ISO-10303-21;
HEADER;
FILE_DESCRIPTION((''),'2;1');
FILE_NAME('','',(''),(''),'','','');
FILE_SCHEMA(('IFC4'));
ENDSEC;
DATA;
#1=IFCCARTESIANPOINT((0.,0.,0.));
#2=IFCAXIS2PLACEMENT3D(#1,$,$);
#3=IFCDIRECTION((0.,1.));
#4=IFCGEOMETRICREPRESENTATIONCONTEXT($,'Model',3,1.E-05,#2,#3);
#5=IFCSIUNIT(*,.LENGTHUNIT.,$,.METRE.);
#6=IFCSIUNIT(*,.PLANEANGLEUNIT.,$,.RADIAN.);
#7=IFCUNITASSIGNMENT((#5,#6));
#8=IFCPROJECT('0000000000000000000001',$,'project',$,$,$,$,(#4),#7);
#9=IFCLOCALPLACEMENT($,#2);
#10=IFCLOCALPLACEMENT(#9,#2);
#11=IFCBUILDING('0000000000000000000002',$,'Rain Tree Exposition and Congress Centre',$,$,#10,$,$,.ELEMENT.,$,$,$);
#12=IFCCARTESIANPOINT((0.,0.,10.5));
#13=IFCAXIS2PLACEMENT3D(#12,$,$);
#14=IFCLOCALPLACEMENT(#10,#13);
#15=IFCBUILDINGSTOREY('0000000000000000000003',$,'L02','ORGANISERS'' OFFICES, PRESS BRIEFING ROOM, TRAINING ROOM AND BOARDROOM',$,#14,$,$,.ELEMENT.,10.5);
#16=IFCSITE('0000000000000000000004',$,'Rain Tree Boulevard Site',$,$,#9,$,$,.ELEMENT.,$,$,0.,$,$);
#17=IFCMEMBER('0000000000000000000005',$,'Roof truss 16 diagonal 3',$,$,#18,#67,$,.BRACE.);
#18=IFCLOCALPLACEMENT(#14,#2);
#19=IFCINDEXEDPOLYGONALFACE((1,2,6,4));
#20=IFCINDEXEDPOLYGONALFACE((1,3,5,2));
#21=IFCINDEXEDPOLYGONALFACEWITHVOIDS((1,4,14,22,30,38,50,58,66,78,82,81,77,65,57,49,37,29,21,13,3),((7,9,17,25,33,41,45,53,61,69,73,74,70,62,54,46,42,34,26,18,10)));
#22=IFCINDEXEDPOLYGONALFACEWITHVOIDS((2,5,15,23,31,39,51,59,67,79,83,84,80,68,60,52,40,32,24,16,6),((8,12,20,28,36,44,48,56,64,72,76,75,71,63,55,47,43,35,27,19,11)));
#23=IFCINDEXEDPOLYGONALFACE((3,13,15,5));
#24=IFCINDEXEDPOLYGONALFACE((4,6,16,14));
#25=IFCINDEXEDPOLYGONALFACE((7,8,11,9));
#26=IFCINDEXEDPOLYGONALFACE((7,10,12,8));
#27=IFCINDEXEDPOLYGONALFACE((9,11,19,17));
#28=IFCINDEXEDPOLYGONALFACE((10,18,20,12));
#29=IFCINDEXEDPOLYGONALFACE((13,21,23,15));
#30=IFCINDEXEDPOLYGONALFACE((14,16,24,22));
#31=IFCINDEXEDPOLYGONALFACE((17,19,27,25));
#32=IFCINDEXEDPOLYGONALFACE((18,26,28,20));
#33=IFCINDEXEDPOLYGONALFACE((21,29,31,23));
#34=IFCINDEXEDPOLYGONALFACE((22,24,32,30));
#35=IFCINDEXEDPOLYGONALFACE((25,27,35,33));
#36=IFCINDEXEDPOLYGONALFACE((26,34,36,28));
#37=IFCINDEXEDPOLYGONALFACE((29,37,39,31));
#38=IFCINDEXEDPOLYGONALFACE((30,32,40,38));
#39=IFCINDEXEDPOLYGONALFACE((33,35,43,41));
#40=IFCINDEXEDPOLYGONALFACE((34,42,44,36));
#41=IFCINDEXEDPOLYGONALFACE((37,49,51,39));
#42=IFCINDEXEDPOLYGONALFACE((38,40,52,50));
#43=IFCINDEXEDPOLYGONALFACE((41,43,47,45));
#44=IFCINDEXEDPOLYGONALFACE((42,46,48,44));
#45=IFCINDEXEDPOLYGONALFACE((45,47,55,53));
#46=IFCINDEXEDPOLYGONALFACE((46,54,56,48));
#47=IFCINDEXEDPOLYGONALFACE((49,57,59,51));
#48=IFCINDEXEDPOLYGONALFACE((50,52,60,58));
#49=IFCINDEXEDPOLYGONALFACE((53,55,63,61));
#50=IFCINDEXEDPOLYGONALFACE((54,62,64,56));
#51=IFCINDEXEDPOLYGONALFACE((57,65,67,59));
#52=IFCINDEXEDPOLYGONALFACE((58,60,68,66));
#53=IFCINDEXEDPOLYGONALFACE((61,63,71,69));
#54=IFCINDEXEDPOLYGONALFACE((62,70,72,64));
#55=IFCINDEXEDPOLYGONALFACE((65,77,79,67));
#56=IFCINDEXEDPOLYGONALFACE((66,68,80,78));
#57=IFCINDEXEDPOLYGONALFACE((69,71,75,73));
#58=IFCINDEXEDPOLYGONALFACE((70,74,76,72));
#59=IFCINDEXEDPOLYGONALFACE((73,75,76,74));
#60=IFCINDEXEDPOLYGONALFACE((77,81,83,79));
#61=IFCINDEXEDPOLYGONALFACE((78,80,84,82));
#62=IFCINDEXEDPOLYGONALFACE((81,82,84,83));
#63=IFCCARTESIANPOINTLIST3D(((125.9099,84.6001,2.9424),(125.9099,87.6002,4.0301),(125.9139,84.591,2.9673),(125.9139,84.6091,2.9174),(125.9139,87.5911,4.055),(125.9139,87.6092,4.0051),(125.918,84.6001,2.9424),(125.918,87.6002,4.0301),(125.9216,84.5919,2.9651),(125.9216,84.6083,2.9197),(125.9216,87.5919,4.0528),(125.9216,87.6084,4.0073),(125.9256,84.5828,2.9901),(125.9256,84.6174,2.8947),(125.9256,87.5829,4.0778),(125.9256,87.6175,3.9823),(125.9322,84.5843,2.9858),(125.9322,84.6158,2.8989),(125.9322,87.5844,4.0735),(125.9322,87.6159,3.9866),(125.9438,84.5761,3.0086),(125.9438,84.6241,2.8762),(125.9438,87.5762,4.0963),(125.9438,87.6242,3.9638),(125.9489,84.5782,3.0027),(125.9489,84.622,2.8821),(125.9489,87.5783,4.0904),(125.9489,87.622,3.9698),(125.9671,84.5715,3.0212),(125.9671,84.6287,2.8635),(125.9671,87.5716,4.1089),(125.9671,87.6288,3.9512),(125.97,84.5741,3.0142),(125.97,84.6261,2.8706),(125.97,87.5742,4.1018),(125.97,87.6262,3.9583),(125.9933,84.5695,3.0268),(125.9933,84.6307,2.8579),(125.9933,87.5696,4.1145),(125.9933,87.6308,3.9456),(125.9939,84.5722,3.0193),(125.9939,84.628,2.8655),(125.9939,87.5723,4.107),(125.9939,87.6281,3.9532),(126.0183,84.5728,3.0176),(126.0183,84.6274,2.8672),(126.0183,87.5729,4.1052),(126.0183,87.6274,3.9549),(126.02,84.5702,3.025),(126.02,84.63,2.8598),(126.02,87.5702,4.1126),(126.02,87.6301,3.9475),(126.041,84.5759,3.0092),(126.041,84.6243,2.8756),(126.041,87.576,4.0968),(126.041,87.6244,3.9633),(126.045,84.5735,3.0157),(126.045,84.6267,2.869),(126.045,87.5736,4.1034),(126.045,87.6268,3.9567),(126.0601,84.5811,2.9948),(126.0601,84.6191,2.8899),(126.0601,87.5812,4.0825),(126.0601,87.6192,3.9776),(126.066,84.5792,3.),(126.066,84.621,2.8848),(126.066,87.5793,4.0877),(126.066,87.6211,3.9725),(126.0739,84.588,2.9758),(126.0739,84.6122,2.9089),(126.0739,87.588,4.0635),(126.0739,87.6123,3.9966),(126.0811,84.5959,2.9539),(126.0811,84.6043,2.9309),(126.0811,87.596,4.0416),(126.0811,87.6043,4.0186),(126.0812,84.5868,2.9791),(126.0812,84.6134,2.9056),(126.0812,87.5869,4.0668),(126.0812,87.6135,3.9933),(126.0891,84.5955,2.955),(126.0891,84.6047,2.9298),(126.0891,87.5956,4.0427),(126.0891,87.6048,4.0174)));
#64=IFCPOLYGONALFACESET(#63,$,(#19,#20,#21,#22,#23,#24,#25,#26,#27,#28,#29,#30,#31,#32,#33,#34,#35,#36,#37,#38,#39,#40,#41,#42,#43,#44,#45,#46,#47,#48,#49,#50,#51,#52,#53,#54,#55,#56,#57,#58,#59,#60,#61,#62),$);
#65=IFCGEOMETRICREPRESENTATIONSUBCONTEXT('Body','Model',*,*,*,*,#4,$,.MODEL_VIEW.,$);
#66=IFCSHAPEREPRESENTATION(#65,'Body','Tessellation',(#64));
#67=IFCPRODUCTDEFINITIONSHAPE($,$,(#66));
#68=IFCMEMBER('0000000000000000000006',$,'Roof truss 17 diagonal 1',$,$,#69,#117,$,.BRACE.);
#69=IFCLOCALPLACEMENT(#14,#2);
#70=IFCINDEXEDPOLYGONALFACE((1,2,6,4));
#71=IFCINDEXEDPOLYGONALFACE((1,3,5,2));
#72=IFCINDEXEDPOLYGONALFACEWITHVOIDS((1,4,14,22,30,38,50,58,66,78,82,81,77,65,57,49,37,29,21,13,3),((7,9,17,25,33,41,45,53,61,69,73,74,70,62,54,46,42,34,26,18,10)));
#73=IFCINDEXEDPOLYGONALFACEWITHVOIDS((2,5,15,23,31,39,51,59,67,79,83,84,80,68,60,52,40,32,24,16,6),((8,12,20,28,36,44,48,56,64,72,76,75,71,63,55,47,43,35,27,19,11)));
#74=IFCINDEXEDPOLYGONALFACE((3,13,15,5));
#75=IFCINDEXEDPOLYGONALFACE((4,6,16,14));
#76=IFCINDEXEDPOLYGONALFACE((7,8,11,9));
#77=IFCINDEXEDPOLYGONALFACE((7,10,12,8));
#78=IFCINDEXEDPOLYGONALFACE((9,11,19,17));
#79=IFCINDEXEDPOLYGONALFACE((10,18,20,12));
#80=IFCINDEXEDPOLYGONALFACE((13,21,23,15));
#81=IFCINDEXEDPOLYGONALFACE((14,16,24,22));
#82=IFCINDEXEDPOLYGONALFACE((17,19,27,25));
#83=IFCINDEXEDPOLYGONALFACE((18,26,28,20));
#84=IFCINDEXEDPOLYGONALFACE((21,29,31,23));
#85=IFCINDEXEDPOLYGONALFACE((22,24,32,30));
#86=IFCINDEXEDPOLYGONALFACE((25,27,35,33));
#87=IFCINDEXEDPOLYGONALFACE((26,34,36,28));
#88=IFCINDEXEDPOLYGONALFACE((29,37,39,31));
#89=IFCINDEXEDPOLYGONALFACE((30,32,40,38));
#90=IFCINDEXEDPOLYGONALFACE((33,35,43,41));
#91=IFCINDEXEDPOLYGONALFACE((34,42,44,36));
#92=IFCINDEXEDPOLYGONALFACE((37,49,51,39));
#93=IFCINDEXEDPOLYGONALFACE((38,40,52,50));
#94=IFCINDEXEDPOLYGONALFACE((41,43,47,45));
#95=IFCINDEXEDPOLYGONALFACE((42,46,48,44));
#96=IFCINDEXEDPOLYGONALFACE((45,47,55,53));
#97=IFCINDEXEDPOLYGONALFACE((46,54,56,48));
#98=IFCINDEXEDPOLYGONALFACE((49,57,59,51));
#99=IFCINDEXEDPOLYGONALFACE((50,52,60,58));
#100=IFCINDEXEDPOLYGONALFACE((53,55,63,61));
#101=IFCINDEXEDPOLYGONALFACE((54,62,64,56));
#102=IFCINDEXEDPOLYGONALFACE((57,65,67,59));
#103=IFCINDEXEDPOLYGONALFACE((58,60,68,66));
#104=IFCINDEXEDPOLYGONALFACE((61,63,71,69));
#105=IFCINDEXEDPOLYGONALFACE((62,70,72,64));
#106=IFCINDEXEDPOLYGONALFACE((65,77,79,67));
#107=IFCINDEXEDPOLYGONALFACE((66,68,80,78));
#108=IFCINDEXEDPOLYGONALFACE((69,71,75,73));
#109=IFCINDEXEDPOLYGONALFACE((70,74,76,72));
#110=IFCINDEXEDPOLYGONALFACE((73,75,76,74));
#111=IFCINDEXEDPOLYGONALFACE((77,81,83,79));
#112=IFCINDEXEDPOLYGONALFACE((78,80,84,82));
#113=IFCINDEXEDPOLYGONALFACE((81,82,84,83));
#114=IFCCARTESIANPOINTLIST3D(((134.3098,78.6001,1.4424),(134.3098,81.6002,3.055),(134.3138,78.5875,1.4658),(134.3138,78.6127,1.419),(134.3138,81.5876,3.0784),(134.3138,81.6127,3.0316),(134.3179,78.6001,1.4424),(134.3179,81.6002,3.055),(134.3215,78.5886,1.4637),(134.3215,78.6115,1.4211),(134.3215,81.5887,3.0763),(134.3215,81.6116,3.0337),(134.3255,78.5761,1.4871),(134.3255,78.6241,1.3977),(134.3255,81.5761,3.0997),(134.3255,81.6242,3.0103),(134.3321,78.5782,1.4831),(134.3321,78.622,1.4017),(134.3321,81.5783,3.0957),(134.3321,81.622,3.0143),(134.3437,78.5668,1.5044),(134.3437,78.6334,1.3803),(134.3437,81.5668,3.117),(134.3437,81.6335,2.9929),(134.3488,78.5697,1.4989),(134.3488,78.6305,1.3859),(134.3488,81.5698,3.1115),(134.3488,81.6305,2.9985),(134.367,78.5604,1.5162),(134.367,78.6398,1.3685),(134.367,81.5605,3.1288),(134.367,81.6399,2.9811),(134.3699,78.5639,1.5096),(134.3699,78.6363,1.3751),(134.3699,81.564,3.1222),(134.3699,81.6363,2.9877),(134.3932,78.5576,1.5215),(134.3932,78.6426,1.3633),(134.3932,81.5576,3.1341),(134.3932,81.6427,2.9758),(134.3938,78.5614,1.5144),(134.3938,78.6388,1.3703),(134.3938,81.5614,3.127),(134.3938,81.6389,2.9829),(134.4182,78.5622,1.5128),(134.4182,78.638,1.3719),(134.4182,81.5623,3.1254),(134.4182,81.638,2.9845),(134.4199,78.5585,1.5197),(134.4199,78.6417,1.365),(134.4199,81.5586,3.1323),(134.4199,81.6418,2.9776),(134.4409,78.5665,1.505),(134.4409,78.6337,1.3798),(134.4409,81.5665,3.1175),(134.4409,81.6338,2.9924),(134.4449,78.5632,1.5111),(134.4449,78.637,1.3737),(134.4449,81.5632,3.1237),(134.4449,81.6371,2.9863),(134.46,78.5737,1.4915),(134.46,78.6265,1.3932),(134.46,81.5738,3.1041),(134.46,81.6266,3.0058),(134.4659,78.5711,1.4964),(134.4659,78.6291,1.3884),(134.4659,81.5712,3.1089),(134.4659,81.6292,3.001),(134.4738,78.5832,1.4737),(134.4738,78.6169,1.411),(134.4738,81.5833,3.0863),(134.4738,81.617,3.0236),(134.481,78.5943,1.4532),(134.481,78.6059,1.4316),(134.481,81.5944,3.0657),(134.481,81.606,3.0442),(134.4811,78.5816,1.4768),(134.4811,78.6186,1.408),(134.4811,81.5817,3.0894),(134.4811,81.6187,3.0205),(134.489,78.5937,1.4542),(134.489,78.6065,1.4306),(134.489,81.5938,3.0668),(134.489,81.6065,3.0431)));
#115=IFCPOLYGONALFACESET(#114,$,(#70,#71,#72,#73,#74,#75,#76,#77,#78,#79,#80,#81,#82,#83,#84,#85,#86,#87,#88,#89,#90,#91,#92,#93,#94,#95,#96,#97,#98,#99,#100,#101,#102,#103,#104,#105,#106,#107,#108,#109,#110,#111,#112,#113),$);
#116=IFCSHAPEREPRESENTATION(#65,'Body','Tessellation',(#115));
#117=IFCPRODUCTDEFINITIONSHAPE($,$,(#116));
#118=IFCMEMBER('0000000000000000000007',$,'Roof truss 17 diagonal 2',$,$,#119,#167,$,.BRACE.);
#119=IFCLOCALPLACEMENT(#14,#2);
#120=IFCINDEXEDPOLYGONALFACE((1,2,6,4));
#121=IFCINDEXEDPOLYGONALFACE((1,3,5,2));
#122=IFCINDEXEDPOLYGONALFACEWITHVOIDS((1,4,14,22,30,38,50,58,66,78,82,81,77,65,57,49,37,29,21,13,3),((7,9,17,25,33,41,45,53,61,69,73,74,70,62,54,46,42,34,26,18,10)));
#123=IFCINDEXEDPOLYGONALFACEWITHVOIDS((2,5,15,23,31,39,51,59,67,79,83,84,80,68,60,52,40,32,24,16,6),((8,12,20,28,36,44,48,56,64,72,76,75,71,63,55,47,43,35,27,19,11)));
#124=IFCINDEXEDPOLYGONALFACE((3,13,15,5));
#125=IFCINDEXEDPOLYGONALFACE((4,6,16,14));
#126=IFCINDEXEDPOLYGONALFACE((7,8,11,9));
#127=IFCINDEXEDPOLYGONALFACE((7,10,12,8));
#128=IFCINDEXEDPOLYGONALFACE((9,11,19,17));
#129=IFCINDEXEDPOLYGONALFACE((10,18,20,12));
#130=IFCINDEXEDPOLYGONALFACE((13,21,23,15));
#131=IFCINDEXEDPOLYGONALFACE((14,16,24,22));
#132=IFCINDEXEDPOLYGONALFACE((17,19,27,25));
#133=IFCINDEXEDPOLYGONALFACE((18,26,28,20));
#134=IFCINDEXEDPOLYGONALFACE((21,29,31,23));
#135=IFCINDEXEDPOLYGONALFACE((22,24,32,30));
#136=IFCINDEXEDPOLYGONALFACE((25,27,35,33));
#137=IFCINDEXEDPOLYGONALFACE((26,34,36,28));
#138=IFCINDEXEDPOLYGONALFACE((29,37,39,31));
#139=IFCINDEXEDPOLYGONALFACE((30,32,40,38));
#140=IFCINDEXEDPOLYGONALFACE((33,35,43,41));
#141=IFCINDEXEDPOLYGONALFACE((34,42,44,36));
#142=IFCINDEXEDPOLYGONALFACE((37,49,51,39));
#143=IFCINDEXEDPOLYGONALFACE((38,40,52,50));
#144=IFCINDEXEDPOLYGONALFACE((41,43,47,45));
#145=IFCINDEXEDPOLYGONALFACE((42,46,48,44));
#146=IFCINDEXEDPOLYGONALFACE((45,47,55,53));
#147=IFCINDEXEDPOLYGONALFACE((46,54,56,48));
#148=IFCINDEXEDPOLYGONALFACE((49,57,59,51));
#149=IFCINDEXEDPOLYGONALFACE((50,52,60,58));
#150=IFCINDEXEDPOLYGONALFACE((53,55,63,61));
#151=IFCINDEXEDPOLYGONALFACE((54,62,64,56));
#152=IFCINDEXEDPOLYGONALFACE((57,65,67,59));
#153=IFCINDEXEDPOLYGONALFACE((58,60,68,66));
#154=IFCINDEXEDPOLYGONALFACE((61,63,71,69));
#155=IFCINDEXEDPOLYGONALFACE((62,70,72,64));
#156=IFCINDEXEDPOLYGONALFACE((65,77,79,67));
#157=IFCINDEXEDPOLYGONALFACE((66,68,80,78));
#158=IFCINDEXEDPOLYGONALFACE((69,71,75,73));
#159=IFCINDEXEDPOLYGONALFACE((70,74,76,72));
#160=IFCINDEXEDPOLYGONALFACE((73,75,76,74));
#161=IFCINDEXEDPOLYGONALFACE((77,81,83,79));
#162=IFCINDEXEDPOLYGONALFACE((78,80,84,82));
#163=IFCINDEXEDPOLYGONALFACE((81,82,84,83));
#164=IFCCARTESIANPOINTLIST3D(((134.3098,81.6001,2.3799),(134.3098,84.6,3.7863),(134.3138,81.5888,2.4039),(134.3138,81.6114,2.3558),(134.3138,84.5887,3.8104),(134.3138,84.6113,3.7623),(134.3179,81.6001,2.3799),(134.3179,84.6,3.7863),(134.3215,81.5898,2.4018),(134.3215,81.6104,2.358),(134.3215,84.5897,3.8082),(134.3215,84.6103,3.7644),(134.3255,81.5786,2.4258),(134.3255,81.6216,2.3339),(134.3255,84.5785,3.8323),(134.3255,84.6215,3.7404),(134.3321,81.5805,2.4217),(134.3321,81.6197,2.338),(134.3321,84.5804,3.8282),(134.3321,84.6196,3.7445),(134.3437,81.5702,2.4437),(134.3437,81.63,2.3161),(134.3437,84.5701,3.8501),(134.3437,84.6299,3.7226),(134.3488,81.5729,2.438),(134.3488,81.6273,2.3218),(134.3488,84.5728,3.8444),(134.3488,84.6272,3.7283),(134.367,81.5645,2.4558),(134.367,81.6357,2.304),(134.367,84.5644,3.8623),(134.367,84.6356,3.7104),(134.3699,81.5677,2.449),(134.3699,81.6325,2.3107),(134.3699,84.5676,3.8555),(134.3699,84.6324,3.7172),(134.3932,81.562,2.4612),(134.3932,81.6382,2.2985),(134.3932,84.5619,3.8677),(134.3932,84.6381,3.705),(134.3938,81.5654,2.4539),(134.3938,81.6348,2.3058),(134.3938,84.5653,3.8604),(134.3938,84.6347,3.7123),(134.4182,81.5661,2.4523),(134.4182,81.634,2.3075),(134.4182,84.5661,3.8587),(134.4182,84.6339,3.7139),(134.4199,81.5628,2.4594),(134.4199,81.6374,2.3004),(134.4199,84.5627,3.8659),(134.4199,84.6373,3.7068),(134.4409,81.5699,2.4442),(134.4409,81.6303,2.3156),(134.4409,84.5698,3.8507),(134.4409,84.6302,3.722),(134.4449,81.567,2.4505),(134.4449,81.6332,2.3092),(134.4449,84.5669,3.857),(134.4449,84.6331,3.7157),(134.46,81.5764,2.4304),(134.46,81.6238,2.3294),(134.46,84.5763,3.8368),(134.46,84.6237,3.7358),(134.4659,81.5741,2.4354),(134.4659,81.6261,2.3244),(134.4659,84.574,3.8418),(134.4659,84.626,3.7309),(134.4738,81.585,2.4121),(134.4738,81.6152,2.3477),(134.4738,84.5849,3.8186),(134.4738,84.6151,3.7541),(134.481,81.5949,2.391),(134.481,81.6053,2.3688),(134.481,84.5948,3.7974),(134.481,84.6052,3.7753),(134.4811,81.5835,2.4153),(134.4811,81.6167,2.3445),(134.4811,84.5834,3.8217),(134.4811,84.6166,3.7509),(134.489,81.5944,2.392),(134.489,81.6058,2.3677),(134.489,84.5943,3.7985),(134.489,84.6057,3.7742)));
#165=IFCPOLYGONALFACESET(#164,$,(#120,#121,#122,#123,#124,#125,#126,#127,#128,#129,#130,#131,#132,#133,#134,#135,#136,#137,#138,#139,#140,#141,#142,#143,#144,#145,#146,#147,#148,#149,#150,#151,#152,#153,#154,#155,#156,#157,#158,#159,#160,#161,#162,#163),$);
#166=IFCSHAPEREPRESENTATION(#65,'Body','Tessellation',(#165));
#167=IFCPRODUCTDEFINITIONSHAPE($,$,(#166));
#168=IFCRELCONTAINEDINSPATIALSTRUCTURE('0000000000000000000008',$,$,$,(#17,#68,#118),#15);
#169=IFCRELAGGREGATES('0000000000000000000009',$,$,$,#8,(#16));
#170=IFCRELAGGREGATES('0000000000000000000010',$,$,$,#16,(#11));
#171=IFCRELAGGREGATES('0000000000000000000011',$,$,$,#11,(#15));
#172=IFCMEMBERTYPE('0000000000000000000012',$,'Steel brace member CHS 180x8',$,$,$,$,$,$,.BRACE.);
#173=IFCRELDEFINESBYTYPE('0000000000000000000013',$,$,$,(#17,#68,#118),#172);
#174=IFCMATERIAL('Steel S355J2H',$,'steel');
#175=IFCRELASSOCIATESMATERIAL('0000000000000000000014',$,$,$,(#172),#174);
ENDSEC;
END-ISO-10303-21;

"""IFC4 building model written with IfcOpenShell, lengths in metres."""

from ifc_helpers import new_model, si_unit, direction, frame, origin, origin_2d, place, context, subcontext, project, spatial, hollow_circle, extrude, material, material_profile, profile_set, type_object, element, save


model = new_model("IFC4")

# Units and contexts
model_context = context("Model", 3, precision=1e-05, world=origin(), true_north=direction((0.0, 1.0)))
body_context = subcontext(model_context, "Body", "Model", "MODEL_VIEW")
ifc_project = project(units=[si_unit("LENGTHUNIT", "METRE"), si_unit("PLANEANGLEUNIT", "RADIAN")], contexts=[model_context])

# Site, building, storey
site_placement = place(None, origin())
site = spatial("IfcSite", under=ifc_project, at=site_placement, Name="Rain Tree Boulevard Site", CompositionType="ELEMENT", RefElevation=0.0)
building_placement = place(site_placement, origin())
building = spatial("IfcBuilding", under=site, at=building_placement, Name="Rain Tree Exposition and Congress Centre", CompositionType="ELEMENT")
storey_placement = place(building_placement, frame((0.0, 0.0, 10.5)))
storey = spatial("IfcBuildingStorey", under=building, at=storey_placement, Name="L02", Description="ORGANISERS' OFFICES, PRESS BRIEFING ROOM, TRAINING ROOM AND BOARDROOM", CompositionType="ELEMENT", Elevation=10.5)

# Members
ifc_material_1 = material(Name="Steel S355J2H", Category="steel")
ifc_material_profile_1 = material_profile(ifc_material_1, hollow_circle(Radius=0.0901, WallThickness=0.0081, at=origin_2d()), Name="CHS 180x8")
ifc_profile_set_1 = profile_set([ifc_material_profile_1], Name="Steel S355J2H")
member_type_1 = type_object("IfcMemberType", Name="Steel brace member CHS 180x8", PredefinedType="BRACE", material=ifc_profile_set_1)
member_1_placement = place(storey_placement, frame((126.0, 84.6001, 2.9424), z_axis=(0.0, 0.940121, 0.34084), x_axis=(-1.0, 0.0, 0.0)))
element("IfcMember", 1, at=member_1_placement, inside=storey, type_object=member_type_1, Name="Roof truss 16 diagonal 3", PredefinedType="BRACE", context=body_context, shape_type="SweptSolid", body=[
    extrude(hollow_circle(Radius=0.0901, WallThickness=0.0081, at=origin_2d()), origin(), (0.0, 0.0, 1.0), 3.1912),
])
member_2_placement = place(storey_placement, frame((134.3999, 78.6001, 1.4424), z_axis=(0.0, 0.880818, 0.473454), x_axis=(-1.0, 0.0, 0.0)))
element("IfcMember", 2, at=member_2_placement, inside=storey, type_object=member_type_1, Name="Roof truss 17 diagonal 1", PredefinedType="BRACE", context=body_context, shape_type="SweptSolid", body=[
    extrude(hollow_circle(Radius=0.0901, WallThickness=0.0081, at=origin_2d()), origin(), (0.0, 0.0, 1.0), 3.406),
])
member_3_placement = place(storey_placement, frame((134.3999, 81.6001, 2.3799), z_axis=(0.0, 0.905431, 0.424494), x_axis=(-1.0, 0.0, 0.0)))
element("IfcMember", 3, at=member_3_placement, inside=storey, type_object=member_type_1, Name="Roof truss 17 diagonal 2", PredefinedType="BRACE", context=body_context, shape_type="SweptSolid", body=[
    extrude(hollow_circle(Radius=0.0901, WallThickness=0.0081, at=origin_2d()), origin(), (0.0, 0.0, 1.0), 3.3132),
])

save(model, "model.ifc")
